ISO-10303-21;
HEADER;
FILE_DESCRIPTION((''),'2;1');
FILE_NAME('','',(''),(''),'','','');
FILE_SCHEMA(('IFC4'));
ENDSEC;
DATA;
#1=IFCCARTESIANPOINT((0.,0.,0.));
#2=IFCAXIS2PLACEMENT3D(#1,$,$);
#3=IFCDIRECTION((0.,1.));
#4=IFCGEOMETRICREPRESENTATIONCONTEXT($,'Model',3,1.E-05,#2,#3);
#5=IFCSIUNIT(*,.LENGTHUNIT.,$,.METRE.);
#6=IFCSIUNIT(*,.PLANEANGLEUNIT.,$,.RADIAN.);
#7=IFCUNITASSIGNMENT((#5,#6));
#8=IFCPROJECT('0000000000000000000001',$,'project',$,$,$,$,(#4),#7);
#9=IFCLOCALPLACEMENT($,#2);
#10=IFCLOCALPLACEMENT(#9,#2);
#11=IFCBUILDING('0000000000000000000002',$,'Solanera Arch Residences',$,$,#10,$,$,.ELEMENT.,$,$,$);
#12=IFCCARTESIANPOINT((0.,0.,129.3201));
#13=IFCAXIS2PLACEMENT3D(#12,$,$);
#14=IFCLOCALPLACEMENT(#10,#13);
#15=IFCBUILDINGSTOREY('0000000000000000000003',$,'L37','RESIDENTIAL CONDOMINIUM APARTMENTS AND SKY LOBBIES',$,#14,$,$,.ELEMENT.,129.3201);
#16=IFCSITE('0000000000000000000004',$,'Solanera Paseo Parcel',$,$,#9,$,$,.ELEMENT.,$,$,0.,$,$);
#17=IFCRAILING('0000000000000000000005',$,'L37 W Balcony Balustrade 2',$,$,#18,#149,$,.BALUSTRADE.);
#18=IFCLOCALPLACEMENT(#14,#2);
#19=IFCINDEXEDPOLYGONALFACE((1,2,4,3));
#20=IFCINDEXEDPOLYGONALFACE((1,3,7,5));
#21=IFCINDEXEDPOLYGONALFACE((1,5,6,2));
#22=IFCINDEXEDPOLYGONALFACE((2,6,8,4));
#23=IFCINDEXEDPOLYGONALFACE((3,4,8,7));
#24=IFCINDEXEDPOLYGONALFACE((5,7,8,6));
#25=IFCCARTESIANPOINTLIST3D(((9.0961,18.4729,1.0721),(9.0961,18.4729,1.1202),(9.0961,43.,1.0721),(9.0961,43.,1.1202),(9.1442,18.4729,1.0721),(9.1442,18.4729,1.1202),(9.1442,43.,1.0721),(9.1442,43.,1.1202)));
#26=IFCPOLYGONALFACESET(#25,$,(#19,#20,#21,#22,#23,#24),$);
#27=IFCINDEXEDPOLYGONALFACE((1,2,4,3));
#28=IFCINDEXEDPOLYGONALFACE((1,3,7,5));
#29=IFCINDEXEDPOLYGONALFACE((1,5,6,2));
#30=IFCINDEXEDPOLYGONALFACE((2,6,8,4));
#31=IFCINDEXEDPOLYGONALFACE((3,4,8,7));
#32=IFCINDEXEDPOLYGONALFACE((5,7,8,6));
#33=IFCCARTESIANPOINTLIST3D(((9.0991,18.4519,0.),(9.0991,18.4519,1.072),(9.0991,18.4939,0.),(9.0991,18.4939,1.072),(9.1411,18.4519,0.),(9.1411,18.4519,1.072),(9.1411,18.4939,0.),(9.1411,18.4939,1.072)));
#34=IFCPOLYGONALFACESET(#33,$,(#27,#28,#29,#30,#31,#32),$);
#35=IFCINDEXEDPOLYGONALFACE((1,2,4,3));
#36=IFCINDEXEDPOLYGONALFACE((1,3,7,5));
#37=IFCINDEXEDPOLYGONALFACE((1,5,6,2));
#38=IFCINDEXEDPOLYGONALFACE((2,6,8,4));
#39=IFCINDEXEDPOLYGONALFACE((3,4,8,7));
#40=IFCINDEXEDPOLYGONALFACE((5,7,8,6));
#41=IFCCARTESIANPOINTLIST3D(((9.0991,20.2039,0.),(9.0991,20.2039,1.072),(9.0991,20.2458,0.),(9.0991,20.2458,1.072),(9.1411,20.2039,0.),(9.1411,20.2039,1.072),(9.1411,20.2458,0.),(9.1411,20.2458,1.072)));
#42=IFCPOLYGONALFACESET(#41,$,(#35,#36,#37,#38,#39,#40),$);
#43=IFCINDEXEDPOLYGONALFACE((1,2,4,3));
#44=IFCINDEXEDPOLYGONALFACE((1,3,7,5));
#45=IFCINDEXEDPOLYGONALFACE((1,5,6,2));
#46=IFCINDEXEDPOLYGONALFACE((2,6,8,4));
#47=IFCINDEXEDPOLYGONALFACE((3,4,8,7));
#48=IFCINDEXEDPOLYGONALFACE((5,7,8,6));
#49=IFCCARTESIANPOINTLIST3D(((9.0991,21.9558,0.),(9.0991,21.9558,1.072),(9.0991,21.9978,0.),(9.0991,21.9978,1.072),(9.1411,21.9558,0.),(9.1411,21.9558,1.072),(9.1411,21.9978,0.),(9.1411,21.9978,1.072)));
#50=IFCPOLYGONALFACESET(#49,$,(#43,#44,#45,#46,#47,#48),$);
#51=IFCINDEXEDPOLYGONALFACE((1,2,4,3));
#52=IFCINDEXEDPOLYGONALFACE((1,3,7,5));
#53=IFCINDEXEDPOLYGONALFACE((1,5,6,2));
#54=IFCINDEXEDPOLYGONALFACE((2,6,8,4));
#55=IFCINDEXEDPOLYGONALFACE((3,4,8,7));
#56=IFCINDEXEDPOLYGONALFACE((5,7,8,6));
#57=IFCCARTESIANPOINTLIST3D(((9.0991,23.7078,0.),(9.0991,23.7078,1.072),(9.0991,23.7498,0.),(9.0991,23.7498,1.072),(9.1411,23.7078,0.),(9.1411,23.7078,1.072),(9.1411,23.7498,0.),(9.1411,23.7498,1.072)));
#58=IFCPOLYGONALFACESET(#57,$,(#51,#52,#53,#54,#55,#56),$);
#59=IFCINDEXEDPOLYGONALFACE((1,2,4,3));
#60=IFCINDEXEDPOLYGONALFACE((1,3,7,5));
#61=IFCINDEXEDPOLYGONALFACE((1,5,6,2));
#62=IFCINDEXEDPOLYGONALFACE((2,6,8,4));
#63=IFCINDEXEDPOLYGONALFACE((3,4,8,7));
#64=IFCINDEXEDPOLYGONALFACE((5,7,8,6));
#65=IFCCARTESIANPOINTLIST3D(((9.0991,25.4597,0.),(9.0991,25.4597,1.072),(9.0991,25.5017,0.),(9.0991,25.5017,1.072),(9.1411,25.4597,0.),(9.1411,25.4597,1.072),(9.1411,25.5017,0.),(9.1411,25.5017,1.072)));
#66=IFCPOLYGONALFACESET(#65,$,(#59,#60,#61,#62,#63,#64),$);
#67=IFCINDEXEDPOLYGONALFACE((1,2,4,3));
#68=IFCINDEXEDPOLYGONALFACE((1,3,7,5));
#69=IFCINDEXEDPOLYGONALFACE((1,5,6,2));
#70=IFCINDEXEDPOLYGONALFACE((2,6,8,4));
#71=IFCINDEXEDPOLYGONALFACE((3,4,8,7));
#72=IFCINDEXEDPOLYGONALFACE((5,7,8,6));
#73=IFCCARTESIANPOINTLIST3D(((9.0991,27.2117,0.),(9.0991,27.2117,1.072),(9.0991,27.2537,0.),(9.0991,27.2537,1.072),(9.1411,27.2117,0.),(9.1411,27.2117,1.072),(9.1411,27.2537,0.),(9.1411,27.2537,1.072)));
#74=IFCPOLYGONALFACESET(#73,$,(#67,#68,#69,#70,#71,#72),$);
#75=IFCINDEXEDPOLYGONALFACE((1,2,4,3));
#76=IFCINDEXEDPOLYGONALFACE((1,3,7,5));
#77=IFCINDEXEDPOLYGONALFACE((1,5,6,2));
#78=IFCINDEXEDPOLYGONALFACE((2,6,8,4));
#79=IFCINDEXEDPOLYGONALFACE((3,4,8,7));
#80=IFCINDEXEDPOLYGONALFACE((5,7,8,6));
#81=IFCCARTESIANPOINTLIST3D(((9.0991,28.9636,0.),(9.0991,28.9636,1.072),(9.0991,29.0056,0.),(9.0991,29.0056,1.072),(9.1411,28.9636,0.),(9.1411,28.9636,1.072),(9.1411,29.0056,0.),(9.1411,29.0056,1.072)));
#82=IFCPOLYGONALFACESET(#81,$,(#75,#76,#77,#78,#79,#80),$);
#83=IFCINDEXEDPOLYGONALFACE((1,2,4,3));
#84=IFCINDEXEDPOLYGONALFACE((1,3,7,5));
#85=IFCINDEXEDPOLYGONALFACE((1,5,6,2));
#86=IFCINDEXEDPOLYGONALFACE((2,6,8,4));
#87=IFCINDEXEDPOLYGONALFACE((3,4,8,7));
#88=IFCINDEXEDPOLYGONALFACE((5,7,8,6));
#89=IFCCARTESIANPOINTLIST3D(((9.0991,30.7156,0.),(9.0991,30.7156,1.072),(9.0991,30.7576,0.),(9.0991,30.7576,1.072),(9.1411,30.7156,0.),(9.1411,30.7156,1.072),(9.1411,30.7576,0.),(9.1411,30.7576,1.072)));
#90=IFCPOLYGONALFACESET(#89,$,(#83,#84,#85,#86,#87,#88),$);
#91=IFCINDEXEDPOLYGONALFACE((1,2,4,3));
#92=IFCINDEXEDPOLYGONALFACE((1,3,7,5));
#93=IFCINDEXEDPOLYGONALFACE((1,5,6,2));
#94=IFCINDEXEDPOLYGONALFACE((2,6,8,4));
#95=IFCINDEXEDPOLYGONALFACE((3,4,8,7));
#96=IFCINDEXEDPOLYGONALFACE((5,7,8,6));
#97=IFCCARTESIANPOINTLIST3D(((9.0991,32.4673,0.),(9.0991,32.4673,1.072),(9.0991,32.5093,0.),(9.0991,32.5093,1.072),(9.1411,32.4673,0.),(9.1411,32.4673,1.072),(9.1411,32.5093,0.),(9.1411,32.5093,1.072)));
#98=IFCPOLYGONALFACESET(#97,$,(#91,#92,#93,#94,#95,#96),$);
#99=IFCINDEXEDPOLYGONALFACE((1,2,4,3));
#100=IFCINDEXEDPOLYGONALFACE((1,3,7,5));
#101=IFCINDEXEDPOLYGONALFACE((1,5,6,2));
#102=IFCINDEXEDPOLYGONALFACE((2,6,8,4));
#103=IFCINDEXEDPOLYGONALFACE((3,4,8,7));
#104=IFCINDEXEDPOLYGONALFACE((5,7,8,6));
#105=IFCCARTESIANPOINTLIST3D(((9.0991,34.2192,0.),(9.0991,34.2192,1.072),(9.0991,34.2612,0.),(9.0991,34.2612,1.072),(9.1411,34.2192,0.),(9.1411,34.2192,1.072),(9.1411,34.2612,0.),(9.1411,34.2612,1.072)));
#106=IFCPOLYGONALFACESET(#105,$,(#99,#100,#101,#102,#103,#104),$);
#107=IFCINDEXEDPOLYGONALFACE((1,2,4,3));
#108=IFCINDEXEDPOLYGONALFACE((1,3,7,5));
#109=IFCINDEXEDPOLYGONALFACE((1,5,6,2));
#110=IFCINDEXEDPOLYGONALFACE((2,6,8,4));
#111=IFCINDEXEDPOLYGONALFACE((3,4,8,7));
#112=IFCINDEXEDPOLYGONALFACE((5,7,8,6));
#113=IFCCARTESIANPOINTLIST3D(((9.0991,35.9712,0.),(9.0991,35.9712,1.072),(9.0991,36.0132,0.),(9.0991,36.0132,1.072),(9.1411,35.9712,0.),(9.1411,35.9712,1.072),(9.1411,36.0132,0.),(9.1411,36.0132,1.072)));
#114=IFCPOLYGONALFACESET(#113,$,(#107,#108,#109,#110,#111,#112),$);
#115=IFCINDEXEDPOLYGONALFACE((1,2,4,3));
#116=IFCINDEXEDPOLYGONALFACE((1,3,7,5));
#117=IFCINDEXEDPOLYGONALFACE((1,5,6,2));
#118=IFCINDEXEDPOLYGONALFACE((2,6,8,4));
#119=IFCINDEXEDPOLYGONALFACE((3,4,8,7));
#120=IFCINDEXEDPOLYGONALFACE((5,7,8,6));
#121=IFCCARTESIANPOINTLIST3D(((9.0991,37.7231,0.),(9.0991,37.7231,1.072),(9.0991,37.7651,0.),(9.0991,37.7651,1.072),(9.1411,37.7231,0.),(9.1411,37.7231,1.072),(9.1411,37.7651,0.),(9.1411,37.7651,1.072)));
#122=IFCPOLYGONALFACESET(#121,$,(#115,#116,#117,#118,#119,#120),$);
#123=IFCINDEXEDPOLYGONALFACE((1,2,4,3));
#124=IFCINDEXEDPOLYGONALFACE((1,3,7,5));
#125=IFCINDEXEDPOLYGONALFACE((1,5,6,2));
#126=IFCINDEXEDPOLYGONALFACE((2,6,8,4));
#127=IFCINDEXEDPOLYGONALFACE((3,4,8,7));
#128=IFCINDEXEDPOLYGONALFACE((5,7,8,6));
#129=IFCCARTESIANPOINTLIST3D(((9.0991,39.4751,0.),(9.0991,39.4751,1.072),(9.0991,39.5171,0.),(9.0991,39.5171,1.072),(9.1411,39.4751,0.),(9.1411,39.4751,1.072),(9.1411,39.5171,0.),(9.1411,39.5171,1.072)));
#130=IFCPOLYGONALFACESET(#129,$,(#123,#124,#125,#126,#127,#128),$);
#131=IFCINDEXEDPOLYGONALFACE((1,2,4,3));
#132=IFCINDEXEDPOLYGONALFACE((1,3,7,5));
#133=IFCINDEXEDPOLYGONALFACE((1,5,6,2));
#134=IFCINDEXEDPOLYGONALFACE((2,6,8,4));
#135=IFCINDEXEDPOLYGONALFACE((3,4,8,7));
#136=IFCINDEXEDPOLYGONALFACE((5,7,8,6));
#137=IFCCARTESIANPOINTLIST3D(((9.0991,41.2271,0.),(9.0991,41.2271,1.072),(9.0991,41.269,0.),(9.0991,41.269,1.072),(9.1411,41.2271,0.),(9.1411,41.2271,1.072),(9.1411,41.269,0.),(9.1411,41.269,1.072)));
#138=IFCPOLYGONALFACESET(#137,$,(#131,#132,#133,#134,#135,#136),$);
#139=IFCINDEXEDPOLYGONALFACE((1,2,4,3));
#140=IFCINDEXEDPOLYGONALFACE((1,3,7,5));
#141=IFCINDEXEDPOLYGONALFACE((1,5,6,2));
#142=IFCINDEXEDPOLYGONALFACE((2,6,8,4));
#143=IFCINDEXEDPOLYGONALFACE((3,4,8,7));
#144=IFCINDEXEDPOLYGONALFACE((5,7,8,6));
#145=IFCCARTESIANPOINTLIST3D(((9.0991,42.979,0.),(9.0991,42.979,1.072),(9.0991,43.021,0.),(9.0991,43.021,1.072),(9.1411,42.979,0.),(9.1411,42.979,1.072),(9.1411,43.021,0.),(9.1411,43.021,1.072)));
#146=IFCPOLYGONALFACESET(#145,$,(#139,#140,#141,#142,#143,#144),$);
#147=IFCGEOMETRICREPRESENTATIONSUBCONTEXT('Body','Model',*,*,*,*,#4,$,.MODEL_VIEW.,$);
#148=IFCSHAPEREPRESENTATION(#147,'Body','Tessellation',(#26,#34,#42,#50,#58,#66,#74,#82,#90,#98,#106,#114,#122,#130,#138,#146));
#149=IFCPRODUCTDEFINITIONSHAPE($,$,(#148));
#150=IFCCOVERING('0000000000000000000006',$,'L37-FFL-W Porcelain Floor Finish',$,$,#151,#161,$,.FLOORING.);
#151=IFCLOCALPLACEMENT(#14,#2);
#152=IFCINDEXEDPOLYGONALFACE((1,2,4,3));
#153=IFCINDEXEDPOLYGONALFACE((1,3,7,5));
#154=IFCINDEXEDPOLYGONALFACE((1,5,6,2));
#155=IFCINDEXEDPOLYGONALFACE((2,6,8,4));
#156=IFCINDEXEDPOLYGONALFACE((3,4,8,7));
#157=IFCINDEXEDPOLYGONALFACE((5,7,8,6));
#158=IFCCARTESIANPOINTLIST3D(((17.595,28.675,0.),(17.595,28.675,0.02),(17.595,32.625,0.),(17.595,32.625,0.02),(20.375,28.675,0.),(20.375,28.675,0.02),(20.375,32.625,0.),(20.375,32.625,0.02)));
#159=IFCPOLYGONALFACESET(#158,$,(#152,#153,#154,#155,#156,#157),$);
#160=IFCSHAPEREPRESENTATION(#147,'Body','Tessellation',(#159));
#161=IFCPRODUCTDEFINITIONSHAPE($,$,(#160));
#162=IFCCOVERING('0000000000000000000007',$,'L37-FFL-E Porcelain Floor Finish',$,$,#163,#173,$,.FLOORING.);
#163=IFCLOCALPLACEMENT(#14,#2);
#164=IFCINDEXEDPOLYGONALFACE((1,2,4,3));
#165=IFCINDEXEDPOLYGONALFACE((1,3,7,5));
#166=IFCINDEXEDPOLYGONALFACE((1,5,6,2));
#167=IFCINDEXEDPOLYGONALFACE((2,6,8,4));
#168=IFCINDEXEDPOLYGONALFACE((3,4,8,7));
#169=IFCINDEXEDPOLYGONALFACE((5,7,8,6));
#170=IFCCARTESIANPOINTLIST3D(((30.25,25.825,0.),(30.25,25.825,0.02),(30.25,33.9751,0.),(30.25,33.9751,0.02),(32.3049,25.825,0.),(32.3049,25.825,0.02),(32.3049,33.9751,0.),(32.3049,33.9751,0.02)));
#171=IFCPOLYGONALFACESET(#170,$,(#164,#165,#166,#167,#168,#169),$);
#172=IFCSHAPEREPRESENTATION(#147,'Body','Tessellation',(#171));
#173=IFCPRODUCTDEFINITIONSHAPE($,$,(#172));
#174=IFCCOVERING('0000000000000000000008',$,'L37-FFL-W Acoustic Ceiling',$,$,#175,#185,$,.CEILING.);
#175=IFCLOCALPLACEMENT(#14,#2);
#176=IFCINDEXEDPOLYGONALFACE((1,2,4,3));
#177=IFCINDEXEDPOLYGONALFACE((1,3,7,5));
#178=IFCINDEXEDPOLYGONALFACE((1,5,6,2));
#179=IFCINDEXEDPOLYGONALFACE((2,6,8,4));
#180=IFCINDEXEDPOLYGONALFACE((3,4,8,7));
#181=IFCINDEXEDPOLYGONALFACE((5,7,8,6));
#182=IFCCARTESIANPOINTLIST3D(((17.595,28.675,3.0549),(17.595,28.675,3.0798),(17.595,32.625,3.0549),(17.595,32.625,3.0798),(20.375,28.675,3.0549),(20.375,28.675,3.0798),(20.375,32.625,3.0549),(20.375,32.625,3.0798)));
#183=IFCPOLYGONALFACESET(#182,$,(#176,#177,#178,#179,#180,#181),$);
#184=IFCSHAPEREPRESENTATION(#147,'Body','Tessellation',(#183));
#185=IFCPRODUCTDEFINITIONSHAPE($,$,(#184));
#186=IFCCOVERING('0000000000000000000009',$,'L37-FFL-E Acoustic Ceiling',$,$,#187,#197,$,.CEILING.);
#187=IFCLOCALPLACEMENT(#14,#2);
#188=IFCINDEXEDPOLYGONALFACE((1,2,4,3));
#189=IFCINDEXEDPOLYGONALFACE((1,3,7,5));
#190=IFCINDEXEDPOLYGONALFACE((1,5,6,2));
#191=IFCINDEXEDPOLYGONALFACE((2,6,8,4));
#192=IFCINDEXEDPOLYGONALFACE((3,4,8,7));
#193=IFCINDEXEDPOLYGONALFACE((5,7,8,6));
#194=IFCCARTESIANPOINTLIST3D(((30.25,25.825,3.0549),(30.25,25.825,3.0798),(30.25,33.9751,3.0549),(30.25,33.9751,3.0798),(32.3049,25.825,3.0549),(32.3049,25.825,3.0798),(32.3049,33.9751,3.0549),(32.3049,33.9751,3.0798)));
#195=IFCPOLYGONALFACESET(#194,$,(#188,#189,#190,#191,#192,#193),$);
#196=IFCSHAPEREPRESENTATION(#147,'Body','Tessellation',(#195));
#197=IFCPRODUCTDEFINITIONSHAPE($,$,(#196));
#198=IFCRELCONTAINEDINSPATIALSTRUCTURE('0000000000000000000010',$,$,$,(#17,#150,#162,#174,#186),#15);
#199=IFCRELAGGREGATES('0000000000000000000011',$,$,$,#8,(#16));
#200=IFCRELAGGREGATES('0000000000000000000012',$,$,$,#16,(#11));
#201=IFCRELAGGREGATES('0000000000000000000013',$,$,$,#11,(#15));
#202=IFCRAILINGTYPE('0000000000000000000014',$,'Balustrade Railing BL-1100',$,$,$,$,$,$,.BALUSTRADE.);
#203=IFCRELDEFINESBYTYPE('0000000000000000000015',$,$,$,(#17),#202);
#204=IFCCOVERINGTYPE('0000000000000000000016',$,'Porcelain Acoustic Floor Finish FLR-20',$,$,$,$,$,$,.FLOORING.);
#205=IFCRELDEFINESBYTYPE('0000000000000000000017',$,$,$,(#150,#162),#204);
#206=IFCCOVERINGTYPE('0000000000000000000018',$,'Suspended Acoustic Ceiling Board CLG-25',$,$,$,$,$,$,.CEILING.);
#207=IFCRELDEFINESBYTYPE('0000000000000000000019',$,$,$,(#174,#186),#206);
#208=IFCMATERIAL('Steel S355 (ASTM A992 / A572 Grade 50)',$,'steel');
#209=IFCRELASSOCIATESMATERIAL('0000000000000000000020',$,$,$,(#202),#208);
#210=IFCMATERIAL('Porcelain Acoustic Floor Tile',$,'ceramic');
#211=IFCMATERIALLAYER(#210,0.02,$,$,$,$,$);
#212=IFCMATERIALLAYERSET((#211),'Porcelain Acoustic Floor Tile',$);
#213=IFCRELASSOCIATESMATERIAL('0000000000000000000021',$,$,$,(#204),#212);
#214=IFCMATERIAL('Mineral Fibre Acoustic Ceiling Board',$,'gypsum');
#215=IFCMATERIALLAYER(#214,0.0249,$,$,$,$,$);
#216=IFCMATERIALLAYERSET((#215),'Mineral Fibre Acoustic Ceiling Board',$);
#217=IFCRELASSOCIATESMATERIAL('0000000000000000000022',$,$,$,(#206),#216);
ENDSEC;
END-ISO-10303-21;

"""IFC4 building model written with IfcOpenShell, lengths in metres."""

from ifc_helpers import new_model, si_unit, direction, frame, origin, origin_2d, place, context, subcontext, project, spatial, polyline, rectangle, outline, extrude, material, layer, layer_set, type_object, element, save


model = new_model("IFC4")

# Units and contexts
model_context = context("Model", 3, precision=1e-05, world=origin(), true_north=direction((0.0, 1.0)))
body_context = subcontext(model_context, "Body", "Model", "MODEL_VIEW")
ifc_project = project(units=[si_unit("LENGTHUNIT", "METRE"), si_unit("PLANEANGLEUNIT", "RADIAN")], contexts=[model_context])

# Site, building, storey
site_placement = place(None, origin())
site = spatial("IfcSite", under=ifc_project, at=site_placement, Name="Solanera Paseo Parcel", CompositionType="ELEMENT", RefElevation=0.0)
building_placement = place(site_placement, origin())
building = spatial("IfcBuilding", under=site, at=building_placement, Name="Solanera Arch Residences", CompositionType="ELEMENT")
storey_placement = place(building_placement, frame((0.0, 0.0, 129.3201)))
storey = spatial("IfcBuildingStorey", under=building, at=storey_placement, Name="L37", Description="RESIDENTIAL CONDOMINIUM APARTMENTS AND SKY LOBBIES", CompositionType="ELEMENT", Elevation=129.3201)

# Railing
ifc_material_1 = material(Name="Steel S355 (ASTM A992 / A572 Grade 50)", Category="steel")
railing_type = type_object("IfcRailingType", Name="Balustrade Railing BL-1100", PredefinedType="BALUSTRADE", material=ifc_material_1)
railing_placement = place(storey_placement, frame((9.1201, 18.4729, 0.0)))
element("IfcRailing", 1, at=railing_placement, inside=storey, type_object=railing_type, Name="L37 W Balcony Balustrade 2", PredefinedType="BALUSTRADE", context=body_context, shape_type="SweptSolid", body=[
    extrude(rectangle(XDim=0.0481, YDim=0.0481, at=origin_2d()), frame((0.0, 0.0, 1.0962), z_axis=(0.0, 1.0, 0.0), x_axis=(-1.0, 0.0, 0.0)), (0.0, 0.0, 1.0), 24.5271),
    extrude(rectangle(XDim=0.042, YDim=0.042, at=origin_2d()), origin(), (0.0, 0.0, 1.0), 1.072),
    extrude(rectangle(XDim=0.042, YDim=0.042, at=origin_2d()), frame((0.0, 1.752, 0.0)), (0.0, 0.0, 1.0), 1.072),
    extrude(rectangle(XDim=0.042, YDim=0.042, at=origin_2d()), frame((0.0, 3.5039, 0.0)), (0.0, 0.0, 1.0), 1.072),
    extrude(rectangle(XDim=0.042, YDim=0.042, at=origin_2d()), frame((0.0, 5.2559, 0.0)), (0.0, 0.0, 1.0), 1.072),
    extrude(rectangle(XDim=0.042, YDim=0.042, at=origin_2d()), frame((0.0, 7.0078, 0.0)), (0.0, 0.0, 1.0), 1.072),
    extrude(rectangle(XDim=0.042, YDim=0.042, at=origin_2d()), frame((0.0, 8.7598, 0.0)), (0.0, 0.0, 1.0), 1.072),
    extrude(rectangle(XDim=0.042, YDim=0.042, at=origin_2d()), frame((0.0, 10.5117, 0.0)), (0.0, 0.0, 1.0), 1.072),
    extrude(rectangle(XDim=0.042, YDim=0.042, at=origin_2d()), frame((0.0, 12.2637, 0.0)), (0.0, 0.0, 1.0), 1.072),
    extrude(rectangle(XDim=0.042, YDim=0.042, at=origin_2d()), frame((0.0, 14.0154, 0.0)), (0.0, 0.0, 1.0), 1.072),
    extrude(rectangle(XDim=0.042, YDim=0.042, at=origin_2d()), frame((0.0, 15.7673, 0.0)), (0.0, 0.0, 1.0), 1.072),
    extrude(rectangle(XDim=0.042, YDim=0.042, at=origin_2d()), frame((0.0, 17.5193, 0.0)), (0.0, 0.0, 1.0), 1.072),
    extrude(rectangle(XDim=0.042, YDim=0.042, at=origin_2d()), frame((0.0, 19.2712, 0.0)), (0.0, 0.0, 1.0), 1.072),
    extrude(rectangle(XDim=0.042, YDim=0.042, at=origin_2d()), frame((0.0, 21.0232, 0.0)), (0.0, 0.0, 1.0), 1.072),
    extrude(rectangle(XDim=0.042, YDim=0.042, at=origin_2d()), frame((0.0, 22.7751, 0.0)), (0.0, 0.0, 1.0), 1.072),
    extrude(rectangle(XDim=0.042, YDim=0.042, at=origin_2d()), frame((0.0, 24.5271, 0.0)), (0.0, 0.0, 1.0), 1.072),
])

# Coverings
ifc_material_2 = material(Name="Porcelain Acoustic Floor Tile", Category="ceramic")
ifc_layer_1 = layer(ifc_material_2, 0.02)
ifc_layer_set_1 = layer_set([ifc_layer_1], Name="Porcelain Acoustic Floor Tile")
covering_type_1 = type_object("IfcCoveringType", Name="Porcelain Acoustic Floor Finish FLR-20", PredefinedType="FLOORING", material=ifc_layer_set_1)
covering_1_placement = place(storey_placement, origin())
element("IfcCovering", 2, at=covering_1_placement, inside=storey, type_object=covering_type_1, Name="L37-FFL-W Porcelain Floor Finish", PredefinedType="FLOORING", context=body_context, shape_type="SweptSolid", body=[
    extrude(outline(polyline([(20.375, 28.675), (17.595, 28.675), (17.595, 32.625), (20.375, 32.625), (20.375, 28.675)])), origin(), (0.0, 0.0, 1.0), 0.02),
])
covering_2_placement = place(storey_placement, origin())
element("IfcCovering", 3, at=covering_2_placement, inside=storey, type_object=covering_type_1, Name="L37-FFL-E Porcelain Floor Finish", PredefinedType="FLOORING", context=body_context, shape_type="SweptSolid", body=[
    extrude(outline(polyline([(32.3049, 25.825), (30.25, 25.825), (30.25, 33.9751), (32.3049, 33.9751), (32.3049, 25.825)])), origin(), (0.0, 0.0, 1.0), 0.02),
])
ifc_material_3 = material(Name="Mineral Fibre Acoustic Ceiling Board", Category="gypsum")
ifc_layer_2 = layer(ifc_material_3, 0.0249)
ifc_layer_set_2 = layer_set([ifc_layer_2], Name="Mineral Fibre Acoustic Ceiling Board")
covering_type_2 = type_object("IfcCoveringType", Name="Suspended Acoustic Ceiling Board CLG-25", PredefinedType="CEILING", material=ifc_layer_set_2)
covering_3_placement = place(storey_placement, frame((0.0, 0.0, 3.0549)))
element("IfcCovering", 4, at=covering_3_placement, inside=storey, type_object=covering_type_2, Name="L37-FFL-W Acoustic Ceiling", PredefinedType="CEILING", context=body_context, shape_type="SweptSolid", body=[
    extrude(outline(polyline([(20.375, 28.675), (17.595, 28.675), (17.595, 32.625), (20.375, 32.625), (20.375, 28.675)])), origin(), (0.0, 0.0, 1.0), 0.0249),
])
covering_4_placement = place(storey_placement, frame((0.0, 0.0, 3.0549)))
element("IfcCovering", 5, at=covering_4_placement, inside=storey, type_object=covering_type_2, Name="L37-FFL-E Acoustic Ceiling", PredefinedType="CEILING", context=body_context, shape_type="SweptSolid", body=[
    extrude(outline(polyline([(32.3049, 25.825), (30.25, 25.825), (30.25, 33.9751), (32.3049, 33.9751), (32.3049, 25.825)])), origin(), (0.0, 0.0, 1.0), 0.0249),
])

save(model, "model.ifc")
